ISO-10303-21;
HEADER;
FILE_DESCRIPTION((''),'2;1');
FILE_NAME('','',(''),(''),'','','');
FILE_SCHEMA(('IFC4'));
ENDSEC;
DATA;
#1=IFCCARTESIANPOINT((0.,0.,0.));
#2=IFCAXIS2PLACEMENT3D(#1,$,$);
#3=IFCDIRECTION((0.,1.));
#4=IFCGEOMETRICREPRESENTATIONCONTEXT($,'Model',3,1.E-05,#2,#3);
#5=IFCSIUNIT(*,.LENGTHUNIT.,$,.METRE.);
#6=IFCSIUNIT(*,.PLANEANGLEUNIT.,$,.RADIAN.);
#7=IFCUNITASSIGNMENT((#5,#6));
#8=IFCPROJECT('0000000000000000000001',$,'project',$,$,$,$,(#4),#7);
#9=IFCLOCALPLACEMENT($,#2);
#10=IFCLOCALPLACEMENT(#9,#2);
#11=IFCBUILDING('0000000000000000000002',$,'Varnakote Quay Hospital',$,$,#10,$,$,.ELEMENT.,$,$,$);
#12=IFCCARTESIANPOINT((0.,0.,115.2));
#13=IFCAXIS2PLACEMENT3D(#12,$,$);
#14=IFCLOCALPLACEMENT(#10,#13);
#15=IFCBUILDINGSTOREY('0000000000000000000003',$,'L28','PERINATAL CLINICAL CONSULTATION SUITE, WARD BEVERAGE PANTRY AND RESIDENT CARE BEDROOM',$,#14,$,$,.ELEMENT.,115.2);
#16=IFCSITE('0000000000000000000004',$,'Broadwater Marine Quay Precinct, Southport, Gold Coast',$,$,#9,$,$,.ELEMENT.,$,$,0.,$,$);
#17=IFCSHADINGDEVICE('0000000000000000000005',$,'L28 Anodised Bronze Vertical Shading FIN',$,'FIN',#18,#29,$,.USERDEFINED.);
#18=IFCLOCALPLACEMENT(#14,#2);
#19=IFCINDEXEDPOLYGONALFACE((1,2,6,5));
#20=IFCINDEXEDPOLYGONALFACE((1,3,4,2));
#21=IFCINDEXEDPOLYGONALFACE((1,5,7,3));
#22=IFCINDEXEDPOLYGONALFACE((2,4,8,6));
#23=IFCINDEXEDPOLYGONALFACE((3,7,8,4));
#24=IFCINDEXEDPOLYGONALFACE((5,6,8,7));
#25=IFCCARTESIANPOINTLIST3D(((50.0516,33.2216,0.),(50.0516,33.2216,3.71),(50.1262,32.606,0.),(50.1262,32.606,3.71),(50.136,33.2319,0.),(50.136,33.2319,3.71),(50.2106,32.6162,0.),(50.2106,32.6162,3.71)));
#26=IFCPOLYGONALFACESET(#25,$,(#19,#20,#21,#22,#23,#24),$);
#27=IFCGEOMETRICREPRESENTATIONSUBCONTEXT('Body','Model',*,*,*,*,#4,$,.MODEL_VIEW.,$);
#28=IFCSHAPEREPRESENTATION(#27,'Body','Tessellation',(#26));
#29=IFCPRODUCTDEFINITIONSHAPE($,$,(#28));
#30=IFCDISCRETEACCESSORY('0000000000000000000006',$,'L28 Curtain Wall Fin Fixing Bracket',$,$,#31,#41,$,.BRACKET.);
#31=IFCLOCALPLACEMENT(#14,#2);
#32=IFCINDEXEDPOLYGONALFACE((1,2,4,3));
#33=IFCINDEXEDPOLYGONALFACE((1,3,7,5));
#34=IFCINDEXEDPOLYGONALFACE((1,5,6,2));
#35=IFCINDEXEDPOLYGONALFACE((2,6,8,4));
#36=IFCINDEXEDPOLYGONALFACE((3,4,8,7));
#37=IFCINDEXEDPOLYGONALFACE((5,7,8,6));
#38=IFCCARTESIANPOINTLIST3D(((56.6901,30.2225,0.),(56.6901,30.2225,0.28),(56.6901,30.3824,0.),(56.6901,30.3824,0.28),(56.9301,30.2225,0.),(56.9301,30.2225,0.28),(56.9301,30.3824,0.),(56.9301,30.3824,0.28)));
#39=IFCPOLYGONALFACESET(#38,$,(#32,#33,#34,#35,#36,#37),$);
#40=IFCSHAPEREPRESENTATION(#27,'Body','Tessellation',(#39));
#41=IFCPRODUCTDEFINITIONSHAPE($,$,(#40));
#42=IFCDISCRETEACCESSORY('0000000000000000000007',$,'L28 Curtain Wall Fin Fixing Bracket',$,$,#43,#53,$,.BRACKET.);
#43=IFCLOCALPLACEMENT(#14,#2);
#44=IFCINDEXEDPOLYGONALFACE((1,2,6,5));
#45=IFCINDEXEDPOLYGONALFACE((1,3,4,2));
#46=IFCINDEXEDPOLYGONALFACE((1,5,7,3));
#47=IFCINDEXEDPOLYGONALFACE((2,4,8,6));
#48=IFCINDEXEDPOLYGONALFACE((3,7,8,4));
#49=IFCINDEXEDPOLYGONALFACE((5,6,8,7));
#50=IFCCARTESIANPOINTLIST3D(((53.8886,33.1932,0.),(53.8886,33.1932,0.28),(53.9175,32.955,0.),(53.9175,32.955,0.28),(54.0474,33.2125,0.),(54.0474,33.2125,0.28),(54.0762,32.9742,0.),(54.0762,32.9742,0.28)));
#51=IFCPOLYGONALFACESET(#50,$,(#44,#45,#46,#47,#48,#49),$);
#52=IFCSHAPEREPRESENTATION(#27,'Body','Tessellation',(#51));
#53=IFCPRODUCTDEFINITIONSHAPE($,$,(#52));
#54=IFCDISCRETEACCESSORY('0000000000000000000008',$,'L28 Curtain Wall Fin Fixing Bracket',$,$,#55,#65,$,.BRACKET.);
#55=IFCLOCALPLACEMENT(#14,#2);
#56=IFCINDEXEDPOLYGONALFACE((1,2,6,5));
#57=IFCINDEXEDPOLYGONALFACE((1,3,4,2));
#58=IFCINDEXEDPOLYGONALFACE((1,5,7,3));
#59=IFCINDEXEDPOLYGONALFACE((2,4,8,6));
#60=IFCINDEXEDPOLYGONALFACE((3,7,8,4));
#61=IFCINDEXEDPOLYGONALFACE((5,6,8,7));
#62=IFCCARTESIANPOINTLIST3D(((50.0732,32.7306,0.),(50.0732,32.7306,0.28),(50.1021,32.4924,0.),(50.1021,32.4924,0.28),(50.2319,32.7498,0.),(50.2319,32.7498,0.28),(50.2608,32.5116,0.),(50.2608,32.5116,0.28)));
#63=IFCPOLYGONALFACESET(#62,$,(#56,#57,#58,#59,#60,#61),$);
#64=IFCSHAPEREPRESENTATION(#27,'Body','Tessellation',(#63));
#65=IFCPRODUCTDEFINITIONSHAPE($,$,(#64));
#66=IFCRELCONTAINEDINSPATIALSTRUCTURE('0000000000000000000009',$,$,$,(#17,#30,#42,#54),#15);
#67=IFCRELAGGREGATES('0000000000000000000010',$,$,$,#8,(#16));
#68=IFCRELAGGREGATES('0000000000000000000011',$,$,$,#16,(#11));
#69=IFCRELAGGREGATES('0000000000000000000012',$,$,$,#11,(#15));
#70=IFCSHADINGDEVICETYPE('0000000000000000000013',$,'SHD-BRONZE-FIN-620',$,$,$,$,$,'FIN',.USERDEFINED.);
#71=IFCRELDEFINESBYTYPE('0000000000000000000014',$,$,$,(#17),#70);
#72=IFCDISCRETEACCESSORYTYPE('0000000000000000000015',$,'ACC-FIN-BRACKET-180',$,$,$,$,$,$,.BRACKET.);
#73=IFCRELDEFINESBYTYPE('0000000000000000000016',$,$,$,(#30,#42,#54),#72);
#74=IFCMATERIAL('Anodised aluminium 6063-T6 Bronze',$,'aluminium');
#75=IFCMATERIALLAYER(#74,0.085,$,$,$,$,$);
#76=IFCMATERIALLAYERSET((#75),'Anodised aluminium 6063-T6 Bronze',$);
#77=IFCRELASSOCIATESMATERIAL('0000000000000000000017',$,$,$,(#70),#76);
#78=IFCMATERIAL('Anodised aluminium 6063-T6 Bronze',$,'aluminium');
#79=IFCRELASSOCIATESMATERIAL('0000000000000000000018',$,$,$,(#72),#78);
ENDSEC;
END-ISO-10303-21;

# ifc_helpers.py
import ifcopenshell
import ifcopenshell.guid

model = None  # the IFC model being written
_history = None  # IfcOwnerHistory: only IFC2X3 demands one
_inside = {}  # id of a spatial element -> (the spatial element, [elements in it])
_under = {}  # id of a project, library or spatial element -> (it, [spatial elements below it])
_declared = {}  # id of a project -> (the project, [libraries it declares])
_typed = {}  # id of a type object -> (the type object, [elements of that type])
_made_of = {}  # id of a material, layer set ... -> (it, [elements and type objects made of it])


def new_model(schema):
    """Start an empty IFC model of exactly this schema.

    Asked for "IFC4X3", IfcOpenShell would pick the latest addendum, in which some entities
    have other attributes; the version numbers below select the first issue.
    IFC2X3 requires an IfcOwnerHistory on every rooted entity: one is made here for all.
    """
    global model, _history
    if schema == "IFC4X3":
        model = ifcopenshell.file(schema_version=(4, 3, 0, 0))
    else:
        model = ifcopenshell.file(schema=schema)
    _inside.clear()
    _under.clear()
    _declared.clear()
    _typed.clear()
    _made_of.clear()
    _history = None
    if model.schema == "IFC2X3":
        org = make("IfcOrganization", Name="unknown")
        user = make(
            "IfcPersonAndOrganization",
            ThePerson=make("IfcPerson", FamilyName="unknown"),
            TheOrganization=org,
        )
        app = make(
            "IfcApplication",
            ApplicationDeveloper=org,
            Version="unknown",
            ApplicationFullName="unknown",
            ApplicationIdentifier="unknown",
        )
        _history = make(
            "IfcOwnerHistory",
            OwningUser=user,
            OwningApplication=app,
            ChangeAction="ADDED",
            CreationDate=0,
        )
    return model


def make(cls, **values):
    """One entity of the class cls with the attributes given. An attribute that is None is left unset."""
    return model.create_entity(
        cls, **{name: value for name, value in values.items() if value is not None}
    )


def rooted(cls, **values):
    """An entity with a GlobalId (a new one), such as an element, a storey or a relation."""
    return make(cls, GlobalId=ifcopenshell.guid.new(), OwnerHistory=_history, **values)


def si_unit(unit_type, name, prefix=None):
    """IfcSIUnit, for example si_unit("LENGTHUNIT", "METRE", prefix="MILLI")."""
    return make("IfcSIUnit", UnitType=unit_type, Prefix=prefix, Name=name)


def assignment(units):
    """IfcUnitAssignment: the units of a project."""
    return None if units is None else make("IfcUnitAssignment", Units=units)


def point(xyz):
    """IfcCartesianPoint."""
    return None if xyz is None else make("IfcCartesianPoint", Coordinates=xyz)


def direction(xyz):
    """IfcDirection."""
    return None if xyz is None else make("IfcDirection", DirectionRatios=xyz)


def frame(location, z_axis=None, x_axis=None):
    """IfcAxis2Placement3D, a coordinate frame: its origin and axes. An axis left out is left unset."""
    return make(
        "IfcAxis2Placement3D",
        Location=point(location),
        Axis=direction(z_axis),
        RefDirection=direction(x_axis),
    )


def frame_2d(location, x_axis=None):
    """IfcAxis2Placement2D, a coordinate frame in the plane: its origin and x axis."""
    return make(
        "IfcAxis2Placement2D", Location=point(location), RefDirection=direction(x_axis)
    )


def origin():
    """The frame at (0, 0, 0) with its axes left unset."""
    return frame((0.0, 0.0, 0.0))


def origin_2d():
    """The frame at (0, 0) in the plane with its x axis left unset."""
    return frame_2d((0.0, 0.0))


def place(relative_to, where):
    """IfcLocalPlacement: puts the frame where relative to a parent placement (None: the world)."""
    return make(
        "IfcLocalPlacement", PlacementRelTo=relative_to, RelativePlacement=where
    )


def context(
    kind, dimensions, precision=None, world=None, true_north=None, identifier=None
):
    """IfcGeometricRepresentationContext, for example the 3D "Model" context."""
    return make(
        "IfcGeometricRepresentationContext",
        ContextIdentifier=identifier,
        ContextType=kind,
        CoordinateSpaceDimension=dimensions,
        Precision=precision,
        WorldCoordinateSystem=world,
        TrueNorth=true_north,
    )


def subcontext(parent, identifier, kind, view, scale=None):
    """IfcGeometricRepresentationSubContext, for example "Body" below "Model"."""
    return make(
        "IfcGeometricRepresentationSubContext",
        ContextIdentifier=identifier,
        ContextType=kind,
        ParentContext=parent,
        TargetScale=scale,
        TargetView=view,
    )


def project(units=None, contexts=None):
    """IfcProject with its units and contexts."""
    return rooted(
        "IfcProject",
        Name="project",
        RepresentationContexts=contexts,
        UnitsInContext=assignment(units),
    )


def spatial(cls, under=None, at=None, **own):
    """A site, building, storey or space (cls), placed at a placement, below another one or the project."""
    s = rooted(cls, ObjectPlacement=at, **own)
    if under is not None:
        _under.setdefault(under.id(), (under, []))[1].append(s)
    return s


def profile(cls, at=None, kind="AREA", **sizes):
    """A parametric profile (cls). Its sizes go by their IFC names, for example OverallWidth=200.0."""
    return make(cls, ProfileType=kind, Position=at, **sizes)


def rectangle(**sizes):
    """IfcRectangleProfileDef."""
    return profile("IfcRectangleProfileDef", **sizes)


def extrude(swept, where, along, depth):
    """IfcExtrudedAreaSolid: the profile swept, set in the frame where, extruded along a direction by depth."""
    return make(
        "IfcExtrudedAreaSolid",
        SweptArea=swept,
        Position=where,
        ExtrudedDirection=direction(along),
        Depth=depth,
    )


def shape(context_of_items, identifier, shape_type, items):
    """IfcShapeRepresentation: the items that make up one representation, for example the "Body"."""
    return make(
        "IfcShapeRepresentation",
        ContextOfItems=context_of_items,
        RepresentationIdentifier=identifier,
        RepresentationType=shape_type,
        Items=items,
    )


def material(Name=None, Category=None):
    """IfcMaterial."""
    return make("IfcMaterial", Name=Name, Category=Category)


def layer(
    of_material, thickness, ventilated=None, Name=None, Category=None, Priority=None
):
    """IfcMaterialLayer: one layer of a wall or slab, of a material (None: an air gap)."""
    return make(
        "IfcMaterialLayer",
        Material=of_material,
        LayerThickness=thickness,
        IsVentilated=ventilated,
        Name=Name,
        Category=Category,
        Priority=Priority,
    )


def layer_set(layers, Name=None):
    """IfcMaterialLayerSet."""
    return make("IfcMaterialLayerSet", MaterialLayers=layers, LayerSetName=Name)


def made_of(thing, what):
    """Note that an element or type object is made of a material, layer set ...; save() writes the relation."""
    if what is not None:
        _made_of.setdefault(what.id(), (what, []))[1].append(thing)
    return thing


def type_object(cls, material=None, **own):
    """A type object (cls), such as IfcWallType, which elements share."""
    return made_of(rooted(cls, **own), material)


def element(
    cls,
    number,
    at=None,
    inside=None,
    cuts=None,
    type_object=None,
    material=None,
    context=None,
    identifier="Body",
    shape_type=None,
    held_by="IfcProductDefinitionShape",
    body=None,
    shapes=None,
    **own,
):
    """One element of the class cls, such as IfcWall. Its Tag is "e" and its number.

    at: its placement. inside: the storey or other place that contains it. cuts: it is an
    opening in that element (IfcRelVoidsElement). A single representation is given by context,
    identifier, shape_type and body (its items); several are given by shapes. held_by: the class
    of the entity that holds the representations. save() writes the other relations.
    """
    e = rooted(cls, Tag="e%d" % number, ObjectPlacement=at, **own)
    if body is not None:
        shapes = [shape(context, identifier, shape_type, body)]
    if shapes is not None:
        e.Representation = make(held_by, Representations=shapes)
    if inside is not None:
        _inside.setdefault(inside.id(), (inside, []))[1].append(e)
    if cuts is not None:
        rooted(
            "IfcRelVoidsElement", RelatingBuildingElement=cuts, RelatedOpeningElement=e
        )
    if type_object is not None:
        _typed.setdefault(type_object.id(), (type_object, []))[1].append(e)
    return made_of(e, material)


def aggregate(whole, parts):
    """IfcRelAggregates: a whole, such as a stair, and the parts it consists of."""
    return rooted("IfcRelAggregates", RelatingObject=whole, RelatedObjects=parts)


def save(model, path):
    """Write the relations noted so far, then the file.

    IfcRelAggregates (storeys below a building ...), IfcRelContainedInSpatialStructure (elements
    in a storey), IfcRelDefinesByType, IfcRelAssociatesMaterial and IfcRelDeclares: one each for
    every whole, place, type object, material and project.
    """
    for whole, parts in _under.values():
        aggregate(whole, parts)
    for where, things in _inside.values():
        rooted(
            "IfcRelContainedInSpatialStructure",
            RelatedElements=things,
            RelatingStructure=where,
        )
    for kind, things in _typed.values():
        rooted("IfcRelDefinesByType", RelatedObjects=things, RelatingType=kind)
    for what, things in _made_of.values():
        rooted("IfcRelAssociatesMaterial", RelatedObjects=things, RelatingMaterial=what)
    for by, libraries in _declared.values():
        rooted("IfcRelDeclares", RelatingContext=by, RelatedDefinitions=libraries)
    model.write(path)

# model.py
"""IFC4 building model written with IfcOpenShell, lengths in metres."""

from ifc_helpers import new_model, si_unit, direction, frame, origin, origin_2d, place, context, subcontext, project, spatial, rectangle, extrude, material, layer, layer_set, type_object, element, save


model = new_model("IFC4")

# Units and contexts
model_context = context("Model", 3, precision=1e-05, world=origin(), true_north=direction((0.0, 1.0)))
body_context = subcontext(model_context, "Body", "Model", "MODEL_VIEW")
ifc_project = project(units=[si_unit("LENGTHUNIT", "METRE"), si_unit("PLANEANGLEUNIT", "RADIAN")], contexts=[model_context])

# Site, building, storey
site_placement = place(None, origin())
site = spatial("IfcSite", under=ifc_project, at=site_placement, Name="Broadwater Marine Quay Precinct, Southport, Gold Coast", CompositionType="ELEMENT", RefElevation=0.0)
building_placement = place(site_placement, origin())
building = spatial("IfcBuilding", under=site, at=building_placement, Name="Varnakote Quay Hospital", CompositionType="ELEMENT")
storey_placement = place(building_placement, frame((0.0, 0.0, 115.2)))
storey = spatial("IfcBuildingStorey", under=building, at=storey_placement, Name="L28", Description="PERINATAL CLINICAL CONSULTATION SUITE, WARD BEVERAGE PANTRY AND RESIDENT CARE BEDROOM", CompositionType="ELEMENT", Elevation=115.2)

# Shading device
ifc_material_1 = material(Name="Anodised aluminium 6063-T6 Bronze", Category="aluminium")
ifc_layer_1 = layer(ifc_material_1, 0.085)
ifc_layer_set_1 = layer_set([ifc_layer_1], Name="Anodised aluminium 6063-T6 Bronze")
shading_device_type = type_object("IfcShadingDeviceType", Name="SHD-BRONZE-FIN-620", ElementType="FIN", PredefinedType="USERDEFINED", material=ifc_layer_set_1)
for number, where, z_axis, x_axis, name in (
    (1, (50.1311, 32.9189, 0.0), (0.0, 0.0, 1.0), (0.12031, -0.992736, 0.0), "L28 Anodised Bronze Vertical Shading FIN"),
):
    element("IfcShadingDevice", number, at=place(storey_placement, frame(where, z_axis=z_axis, x_axis=x_axis)), inside=storey, type_object=shading_device_type, Name=name, ObjectType="FIN", PredefinedType="USERDEFINED", context=body_context, shape_type="SweptSolid", body=[
        extrude(rectangle(XDim=0.6201, YDim=0.085, at=origin_2d()), origin(), (0.0, 0.0, 1.0), 3.71),
    ])

# Discrete accessories
ifc_material_2 = material(Name="Anodised aluminium 6063-T6 Bronze", Category="aluminium")
discrete_accessory_type = type_object("IfcDiscreteAccessoryType", Name="ACC-FIN-BRACKET-180", PredefinedType="BRACKET", material=ifc_material_2)
for number, where, z_axis, x_axis, name in (
    (2, (56.8101, 30.3025, 0.0), (0.0, 0.0, 1.0), (0.0, 1.0, 0.0), "L28 Curtain Wall Fin Fixing Bracket"),
    (3, (53.9824, 33.0837, 0.0), (0.0, 0.0, 1.0), (-0.992736, -0.12031, 0.0), "L28 Curtain Wall Fin Fixing Bracket"),
    (4, (50.167, 32.6211, 0.0), (0.0, 0.0, 1.0), (-0.992736, -0.12031, 0.0), "L28 Curtain Wall Fin Fixing Bracket"),
):
    element("IfcDiscreteAccessory", number, at=place(storey_placement, frame(where, z_axis=z_axis, x_axis=x_axis)), inside=storey, type_object=discrete_accessory_type, Name=name, PredefinedType="BRACKET", context=body_context, shape_type="SweptSolid", body=[
        extrude(rectangle(XDim=0.1599, YDim=0.24, at=origin_2d()), origin(), (0.0, 0.0, 1.0), 0.28),
    ])

save(model, "model.ifc")
